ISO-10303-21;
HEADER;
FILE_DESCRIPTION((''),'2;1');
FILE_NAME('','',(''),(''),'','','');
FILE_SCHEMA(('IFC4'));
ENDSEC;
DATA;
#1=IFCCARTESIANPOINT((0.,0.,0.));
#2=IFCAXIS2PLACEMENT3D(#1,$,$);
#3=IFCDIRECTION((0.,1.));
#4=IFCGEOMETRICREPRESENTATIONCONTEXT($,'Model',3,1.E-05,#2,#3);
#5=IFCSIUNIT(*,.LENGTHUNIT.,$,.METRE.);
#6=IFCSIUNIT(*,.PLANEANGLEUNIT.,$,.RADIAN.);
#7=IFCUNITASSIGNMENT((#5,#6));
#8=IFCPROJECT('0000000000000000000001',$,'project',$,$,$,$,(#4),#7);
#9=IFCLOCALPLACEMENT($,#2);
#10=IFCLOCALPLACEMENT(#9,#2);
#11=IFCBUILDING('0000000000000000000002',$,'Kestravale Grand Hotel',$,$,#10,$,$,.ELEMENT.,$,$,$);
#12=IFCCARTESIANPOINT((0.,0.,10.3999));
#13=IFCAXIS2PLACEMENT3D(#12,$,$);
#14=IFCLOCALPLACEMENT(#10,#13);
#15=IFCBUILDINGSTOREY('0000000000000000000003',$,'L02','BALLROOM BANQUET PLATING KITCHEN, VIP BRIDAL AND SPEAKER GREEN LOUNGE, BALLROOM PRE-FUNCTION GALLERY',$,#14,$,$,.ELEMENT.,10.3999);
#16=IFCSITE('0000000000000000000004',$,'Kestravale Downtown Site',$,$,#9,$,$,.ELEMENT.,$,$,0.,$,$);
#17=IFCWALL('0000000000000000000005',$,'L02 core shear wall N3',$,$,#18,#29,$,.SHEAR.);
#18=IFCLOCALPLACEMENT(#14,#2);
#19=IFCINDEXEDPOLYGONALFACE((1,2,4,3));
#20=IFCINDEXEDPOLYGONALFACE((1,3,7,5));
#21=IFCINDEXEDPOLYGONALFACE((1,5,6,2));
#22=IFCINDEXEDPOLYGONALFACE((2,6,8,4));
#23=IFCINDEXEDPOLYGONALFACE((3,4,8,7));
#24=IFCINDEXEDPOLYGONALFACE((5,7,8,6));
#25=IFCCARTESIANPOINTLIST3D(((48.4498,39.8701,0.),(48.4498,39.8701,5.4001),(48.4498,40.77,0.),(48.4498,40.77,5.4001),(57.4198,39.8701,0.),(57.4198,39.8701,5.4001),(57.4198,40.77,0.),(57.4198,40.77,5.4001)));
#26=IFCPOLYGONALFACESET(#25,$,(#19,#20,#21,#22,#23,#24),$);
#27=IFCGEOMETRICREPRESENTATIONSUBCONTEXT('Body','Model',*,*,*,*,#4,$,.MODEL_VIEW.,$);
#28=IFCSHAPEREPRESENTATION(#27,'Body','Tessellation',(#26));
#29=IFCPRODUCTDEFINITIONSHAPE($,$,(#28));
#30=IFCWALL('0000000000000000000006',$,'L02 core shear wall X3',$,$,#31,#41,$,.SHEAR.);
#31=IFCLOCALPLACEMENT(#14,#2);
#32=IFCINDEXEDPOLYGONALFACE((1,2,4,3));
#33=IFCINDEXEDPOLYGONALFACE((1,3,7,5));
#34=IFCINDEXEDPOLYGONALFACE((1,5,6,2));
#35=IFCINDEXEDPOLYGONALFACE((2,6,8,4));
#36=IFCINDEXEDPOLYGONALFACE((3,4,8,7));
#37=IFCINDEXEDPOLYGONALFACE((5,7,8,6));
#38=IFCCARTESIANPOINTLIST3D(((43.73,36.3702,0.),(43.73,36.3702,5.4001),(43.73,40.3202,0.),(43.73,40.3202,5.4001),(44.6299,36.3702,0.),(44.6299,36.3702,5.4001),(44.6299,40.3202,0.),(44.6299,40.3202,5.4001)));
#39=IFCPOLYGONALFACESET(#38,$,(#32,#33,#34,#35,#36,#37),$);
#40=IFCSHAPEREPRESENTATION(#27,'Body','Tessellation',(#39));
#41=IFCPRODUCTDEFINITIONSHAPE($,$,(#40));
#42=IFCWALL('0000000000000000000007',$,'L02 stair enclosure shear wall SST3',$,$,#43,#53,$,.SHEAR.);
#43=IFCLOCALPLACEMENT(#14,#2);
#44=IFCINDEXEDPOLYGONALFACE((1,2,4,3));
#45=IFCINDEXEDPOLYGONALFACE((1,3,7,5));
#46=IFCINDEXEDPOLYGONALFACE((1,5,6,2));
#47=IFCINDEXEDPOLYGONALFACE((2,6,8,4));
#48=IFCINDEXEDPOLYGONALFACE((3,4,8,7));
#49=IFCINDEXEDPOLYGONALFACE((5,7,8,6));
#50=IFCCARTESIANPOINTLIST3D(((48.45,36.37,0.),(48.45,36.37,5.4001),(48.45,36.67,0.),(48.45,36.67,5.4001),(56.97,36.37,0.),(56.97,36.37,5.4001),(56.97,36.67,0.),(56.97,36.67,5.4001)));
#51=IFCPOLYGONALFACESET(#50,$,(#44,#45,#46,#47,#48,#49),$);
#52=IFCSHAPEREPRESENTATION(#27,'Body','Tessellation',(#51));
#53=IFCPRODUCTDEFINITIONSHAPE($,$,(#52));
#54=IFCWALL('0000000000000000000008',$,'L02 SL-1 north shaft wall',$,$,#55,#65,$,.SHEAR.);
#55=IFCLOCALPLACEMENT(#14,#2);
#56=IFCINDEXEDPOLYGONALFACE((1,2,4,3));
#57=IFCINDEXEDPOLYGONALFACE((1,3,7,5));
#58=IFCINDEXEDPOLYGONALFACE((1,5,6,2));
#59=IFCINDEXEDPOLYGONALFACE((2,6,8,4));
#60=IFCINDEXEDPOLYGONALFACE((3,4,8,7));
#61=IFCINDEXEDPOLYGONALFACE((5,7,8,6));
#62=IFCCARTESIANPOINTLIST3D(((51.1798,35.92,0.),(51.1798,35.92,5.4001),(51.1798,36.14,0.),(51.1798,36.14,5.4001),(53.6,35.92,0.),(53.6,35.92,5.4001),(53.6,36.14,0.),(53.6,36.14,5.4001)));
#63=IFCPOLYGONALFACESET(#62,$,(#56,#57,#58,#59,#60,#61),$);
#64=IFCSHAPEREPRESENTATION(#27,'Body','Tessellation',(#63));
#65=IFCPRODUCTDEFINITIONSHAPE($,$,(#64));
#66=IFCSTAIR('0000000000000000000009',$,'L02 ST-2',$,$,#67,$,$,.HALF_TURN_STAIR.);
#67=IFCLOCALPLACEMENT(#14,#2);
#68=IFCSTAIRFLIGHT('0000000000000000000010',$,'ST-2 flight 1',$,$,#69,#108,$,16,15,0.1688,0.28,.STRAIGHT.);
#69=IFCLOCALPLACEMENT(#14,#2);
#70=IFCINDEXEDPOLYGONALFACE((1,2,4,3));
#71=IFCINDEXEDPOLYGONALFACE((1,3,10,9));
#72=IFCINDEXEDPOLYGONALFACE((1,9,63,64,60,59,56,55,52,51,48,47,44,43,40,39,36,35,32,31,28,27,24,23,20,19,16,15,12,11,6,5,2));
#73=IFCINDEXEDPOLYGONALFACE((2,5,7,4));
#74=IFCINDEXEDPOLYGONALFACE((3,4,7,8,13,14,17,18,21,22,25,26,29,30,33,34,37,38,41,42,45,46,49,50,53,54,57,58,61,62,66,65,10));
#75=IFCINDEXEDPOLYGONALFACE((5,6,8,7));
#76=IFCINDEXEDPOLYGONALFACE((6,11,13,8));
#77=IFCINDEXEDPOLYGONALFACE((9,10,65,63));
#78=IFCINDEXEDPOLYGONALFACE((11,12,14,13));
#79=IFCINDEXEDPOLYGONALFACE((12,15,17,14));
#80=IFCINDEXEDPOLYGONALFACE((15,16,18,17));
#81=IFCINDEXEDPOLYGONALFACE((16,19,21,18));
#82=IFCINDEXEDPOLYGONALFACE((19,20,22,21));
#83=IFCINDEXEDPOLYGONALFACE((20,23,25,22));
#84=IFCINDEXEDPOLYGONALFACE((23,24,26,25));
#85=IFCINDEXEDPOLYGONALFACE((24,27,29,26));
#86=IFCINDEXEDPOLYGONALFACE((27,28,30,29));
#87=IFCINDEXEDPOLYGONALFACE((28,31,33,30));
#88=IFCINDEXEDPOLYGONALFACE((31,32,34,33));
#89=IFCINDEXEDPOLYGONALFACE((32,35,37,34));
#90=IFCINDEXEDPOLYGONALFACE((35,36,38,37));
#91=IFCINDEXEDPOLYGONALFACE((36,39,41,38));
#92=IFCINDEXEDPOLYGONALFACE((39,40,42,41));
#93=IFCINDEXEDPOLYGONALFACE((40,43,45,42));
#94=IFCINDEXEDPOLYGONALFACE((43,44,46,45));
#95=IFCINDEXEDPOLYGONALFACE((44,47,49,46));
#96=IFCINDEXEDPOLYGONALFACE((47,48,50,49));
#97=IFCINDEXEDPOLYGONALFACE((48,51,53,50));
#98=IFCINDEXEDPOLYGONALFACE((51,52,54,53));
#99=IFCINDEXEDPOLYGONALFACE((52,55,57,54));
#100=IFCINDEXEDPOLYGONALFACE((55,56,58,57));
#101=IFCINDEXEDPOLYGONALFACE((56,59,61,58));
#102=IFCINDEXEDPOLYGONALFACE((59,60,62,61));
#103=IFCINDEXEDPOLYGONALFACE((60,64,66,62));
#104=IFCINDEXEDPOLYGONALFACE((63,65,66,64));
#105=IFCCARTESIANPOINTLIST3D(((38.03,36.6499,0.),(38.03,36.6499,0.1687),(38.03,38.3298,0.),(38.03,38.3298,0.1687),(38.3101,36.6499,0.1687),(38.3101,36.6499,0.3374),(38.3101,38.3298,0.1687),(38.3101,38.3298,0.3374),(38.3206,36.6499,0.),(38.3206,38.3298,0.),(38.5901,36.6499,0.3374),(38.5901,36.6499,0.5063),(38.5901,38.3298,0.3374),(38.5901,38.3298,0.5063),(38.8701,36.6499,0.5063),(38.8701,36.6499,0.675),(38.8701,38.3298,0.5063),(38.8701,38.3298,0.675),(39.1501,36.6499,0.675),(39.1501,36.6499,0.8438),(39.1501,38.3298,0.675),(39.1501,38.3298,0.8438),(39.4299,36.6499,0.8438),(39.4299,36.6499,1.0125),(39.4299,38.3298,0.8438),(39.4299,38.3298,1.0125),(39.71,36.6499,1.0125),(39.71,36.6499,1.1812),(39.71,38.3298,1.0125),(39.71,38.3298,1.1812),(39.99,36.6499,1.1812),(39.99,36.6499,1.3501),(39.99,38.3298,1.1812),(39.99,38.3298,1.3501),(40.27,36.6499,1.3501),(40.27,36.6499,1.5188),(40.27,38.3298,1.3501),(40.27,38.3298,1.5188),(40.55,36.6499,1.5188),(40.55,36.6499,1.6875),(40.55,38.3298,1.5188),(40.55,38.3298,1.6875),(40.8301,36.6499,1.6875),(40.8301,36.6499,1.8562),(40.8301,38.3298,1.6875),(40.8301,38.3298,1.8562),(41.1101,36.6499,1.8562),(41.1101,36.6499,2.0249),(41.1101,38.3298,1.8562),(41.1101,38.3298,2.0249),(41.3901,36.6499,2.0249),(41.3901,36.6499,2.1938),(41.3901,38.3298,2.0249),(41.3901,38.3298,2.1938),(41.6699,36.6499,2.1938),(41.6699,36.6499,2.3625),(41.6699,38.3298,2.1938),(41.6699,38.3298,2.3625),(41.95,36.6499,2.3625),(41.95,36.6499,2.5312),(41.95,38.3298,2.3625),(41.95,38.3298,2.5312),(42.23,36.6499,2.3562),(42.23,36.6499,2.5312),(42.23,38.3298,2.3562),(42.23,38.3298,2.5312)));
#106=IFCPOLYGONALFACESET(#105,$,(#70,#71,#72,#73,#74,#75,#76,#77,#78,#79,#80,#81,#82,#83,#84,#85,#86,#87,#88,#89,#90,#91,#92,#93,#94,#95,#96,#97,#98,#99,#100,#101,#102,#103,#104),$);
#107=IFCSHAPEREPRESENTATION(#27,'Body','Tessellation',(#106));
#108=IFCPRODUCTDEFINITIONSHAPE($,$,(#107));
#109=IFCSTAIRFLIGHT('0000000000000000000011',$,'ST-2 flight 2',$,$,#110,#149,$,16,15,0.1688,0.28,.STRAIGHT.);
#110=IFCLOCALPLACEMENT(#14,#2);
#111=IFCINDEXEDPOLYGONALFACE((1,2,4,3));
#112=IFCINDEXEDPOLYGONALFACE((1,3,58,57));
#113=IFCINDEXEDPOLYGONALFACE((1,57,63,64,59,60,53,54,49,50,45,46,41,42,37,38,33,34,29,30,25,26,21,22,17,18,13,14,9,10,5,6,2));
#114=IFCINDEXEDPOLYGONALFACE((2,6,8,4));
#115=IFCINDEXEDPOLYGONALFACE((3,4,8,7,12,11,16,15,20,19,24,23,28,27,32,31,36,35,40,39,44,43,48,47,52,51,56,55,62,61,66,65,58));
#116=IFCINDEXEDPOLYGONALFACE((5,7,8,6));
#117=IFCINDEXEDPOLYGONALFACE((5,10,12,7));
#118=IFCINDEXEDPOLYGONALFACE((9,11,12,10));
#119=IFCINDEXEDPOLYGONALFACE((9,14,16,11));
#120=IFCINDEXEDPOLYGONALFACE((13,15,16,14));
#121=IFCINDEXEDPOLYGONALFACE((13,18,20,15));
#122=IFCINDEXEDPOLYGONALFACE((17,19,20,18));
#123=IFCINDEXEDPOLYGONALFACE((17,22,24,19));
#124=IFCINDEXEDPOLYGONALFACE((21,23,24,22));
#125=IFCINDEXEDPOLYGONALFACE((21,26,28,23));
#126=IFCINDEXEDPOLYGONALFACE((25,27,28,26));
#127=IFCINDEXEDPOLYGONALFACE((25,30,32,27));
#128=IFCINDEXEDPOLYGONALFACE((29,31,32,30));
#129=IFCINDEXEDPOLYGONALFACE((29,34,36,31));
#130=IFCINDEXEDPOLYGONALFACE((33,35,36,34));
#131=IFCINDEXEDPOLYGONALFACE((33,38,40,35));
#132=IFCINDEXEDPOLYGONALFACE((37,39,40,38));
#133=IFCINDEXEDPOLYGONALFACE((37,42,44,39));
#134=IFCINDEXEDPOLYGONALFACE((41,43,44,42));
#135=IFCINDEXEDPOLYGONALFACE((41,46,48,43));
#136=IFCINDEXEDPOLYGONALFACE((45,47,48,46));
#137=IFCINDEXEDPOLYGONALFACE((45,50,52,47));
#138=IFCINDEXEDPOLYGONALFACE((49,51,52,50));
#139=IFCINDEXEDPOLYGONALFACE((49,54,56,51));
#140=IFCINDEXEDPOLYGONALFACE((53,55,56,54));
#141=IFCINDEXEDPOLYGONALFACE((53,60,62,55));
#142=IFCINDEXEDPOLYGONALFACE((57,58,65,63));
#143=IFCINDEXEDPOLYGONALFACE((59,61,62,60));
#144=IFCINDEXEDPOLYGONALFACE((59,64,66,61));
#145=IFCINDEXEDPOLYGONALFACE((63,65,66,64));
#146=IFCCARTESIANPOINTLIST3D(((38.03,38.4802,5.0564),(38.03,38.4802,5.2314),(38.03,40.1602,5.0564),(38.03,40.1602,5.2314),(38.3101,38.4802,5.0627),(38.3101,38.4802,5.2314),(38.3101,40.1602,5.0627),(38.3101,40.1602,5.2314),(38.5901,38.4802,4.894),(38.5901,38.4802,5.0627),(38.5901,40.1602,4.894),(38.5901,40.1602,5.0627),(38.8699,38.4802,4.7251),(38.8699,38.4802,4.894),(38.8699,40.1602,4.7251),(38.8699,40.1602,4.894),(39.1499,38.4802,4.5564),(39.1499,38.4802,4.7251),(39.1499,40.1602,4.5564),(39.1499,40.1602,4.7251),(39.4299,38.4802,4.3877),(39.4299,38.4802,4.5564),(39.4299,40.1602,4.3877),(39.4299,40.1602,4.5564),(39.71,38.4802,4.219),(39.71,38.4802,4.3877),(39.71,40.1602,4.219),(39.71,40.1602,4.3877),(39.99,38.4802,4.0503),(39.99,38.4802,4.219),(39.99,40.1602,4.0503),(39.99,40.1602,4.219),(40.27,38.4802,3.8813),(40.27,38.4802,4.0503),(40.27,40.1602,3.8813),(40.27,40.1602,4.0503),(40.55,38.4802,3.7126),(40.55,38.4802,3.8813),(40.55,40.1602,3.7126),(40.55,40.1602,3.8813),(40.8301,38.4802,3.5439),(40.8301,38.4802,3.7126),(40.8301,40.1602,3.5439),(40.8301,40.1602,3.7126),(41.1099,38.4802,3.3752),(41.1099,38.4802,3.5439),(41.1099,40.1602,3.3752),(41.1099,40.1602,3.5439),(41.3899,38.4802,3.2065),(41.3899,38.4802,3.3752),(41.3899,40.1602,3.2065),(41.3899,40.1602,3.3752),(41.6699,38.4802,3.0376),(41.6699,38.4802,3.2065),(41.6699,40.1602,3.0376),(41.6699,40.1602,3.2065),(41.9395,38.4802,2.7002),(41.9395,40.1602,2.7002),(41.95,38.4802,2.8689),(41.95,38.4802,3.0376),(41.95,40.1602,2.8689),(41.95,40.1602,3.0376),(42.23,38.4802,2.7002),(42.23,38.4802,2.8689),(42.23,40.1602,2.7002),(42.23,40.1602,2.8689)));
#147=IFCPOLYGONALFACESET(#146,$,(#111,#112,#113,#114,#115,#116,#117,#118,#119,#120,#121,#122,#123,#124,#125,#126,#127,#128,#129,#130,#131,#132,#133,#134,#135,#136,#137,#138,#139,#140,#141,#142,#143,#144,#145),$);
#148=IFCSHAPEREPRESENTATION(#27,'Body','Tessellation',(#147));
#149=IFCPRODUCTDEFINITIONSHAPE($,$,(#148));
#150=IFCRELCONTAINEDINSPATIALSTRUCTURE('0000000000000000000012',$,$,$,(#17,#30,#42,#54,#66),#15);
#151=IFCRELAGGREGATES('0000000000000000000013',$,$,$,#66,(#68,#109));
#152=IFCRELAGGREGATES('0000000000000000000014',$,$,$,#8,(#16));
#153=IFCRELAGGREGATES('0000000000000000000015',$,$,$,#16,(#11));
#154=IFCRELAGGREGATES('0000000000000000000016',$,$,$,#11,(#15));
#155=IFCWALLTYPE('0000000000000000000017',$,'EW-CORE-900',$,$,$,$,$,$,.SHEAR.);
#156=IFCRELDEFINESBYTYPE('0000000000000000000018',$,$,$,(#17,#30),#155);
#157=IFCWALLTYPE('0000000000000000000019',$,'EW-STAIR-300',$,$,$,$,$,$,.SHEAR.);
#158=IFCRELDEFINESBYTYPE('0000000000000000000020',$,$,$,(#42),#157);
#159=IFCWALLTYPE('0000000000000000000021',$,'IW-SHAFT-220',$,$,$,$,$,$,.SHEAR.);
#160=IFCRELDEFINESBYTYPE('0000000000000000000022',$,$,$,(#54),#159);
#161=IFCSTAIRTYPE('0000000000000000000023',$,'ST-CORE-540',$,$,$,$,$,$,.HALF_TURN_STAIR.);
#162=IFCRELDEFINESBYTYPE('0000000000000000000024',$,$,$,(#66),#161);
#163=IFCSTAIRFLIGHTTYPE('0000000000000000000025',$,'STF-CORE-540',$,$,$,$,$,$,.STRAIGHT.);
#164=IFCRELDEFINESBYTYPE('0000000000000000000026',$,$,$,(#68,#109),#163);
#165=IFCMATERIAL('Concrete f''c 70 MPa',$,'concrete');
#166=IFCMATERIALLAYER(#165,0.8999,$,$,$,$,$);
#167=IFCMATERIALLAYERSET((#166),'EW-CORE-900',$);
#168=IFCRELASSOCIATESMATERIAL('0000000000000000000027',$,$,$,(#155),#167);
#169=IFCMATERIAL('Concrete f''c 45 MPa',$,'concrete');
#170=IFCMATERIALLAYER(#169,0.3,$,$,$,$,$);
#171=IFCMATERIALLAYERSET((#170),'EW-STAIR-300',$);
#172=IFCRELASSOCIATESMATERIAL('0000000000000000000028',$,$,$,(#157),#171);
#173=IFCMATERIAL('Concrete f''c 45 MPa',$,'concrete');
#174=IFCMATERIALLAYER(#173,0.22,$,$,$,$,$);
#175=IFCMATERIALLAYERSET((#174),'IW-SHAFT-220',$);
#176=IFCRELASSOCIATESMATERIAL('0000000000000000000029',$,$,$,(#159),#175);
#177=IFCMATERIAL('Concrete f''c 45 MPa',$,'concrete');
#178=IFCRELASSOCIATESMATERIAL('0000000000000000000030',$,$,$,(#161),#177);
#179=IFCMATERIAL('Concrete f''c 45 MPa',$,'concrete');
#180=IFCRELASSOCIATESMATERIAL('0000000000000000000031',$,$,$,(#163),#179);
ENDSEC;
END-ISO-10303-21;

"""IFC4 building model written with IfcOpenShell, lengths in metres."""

from ifc_helpers import new_model, si_unit, direction, frame, frame_2d, origin, place, context, subcontext, project, spatial, polyline, rectangle, outline, extrude, material, layer, layer_set, type_object, element, aggregate, save


model = new_model("IFC4")

# Units and contexts
model_context = context("Model", 3, precision=1e-05, world=origin(), true_north=direction((0.0, 1.0)))
body_context = subcontext(model_context, "Body", "Model", "MODEL_VIEW")
ifc_project = project(units=[si_unit("LENGTHUNIT", "METRE"), si_unit("PLANEANGLEUNIT", "RADIAN")], contexts=[model_context])

# Site, building, storey
site_placement = place(None, origin())
site = spatial("IfcSite", under=ifc_project, at=site_placement, Name="Kestravale Downtown Site", CompositionType="ELEMENT", RefElevation=0.0)
building_placement = place(site_placement, origin())
building = spatial("IfcBuilding", under=site, at=building_placement, Name="Kestravale Grand Hotel", CompositionType="ELEMENT")
storey_placement = place(building_placement, frame((0.0, 0.0, 10.3999)))
storey = spatial("IfcBuildingStorey", under=building, at=storey_placement, Name="L02", Description="BALLROOM BANQUET PLATING KITCHEN, VIP BRIDAL AND SPEAKER GREEN LOUNGE, BALLROOM PRE-FUNCTION GALLERY", CompositionType="ELEMENT", Elevation=10.3999)

# Walls
ifc_material_1 = material(Name="Concrete f'c 70 MPa", Category="concrete")
ifc_layer_1 = layer(ifc_material_1, 0.8999)
ifc_layer_set_1 = layer_set([ifc_layer_1], Name="EW-CORE-900")
wall_type_1 = type_object("IfcWallType", Name="EW-CORE-900", PredefinedType="SHEAR", material=ifc_layer_set_1)
wall_1_placement = place(storey_placement, frame((48.45, 40.3201, 0.0), z_axis=(0.0, 0.0, 1.0), x_axis=(1.0, 0.0, 0.0)))
element("IfcWall", 1, at=wall_1_placement, inside=storey, type_object=wall_type_1, Name="L02 core shear wall N3", PredefinedType="SHEAR", context=body_context, shape_type="SweptSolid", body=[
    extrude(rectangle(XDim=8.97, YDim=0.8999, at=frame_2d((4.4849, 0.0))), origin(), (0.0, 0.0, 1.0), 5.4001),
])
wall_2_placement = place(storey_placement, frame((44.1799, 36.3701, 0.0), z_axis=(0.0, 0.0, 1.0), x_axis=(0.0, 1.0, 0.0)))
element("IfcWall", 2, at=wall_2_placement, inside=storey, type_object=wall_type_1, Name="L02 core shear wall X3", PredefinedType="SHEAR", context=body_context, shape_type="SweptSolid", body=[
    extrude(rectangle(XDim=3.95, YDim=0.8999, at=frame_2d((1.9751, 0.0))), origin(), (0.0, 0.0, 1.0), 5.4001),
])
ifc_material_2 = material(Name="Concrete f'c 45 MPa", Category="concrete")
ifc_layer_2 = layer(ifc_material_2, 0.3)
ifc_layer_set_2 = layer_set([ifc_layer_2], Name="EW-STAIR-300")
wall_type_2 = type_object("IfcWallType", Name="EW-STAIR-300", PredefinedType="SHEAR", material=ifc_layer_set_2)
wall_3_placement = place(storey_placement, frame((48.45, 36.52, 0.0), z_axis=(0.0, 0.0, 1.0), x_axis=(1.0, 0.0, 0.0)))
element("IfcWall", 3, at=wall_3_placement, inside=storey, type_object=wall_type_2, Name="L02 stair enclosure shear wall SST3", PredefinedType="SHEAR", context=body_context, shape_type="SweptSolid", body=[
    extrude(rectangle(XDim=8.52, YDim=0.3, at=frame_2d((4.26, 0.0))), origin(), (0.0, 0.0, 1.0), 5.4001),
])

# Wall
ifc_material_3 = material(Name="Concrete f'c 45 MPa", Category="concrete")
ifc_layer_3 = layer(ifc_material_3, 0.22)
ifc_layer_set_3 = layer_set([ifc_layer_3], Name="IW-SHAFT-220")
wall_type_3 = type_object("IfcWallType", Name="IW-SHAFT-220", PredefinedType="SHEAR", material=ifc_layer_set_3)
wall_4_placement = place(storey_placement, frame((51.1799, 36.03, 0.0), z_axis=(0.0, 0.0, 1.0), x_axis=(1.0, 0.0, 0.0)))
element("IfcWall", 4, at=wall_4_placement, inside=storey, type_object=wall_type_3, Name="L02 SL-1 north shaft wall", PredefinedType="SHEAR", context=body_context, shape_type="SweptSolid", body=[
    extrude(rectangle(XDim=2.4202, YDim=0.22, at=frame_2d((1.21, 0.0))), origin(), (0.0, 0.0, 1.0), 5.4001),
])

# Stair, stair flights
ifc_material_4 = material(Name="Concrete f'c 45 MPa", Category="concrete")
stair_type = type_object("IfcStairType", Name="ST-CORE-540", PredefinedType="HALF_TURN_STAIR", material=ifc_material_4)
stair_1_placement = place(storey_placement, origin())
stair_1 = element("IfcStair", 5, at=stair_1_placement, inside=storey, type_object=stair_type, Name="L02 ST-2", PredefinedType="HALF_TURN_STAIR")
ifc_material_5 = material(Name="Concrete f'c 45 MPa", Category="concrete")
stair_flight_type = type_object("IfcStairFlightType", Name="STF-CORE-540", PredefinedType="STRAIGHT", material=ifc_material_5)
stair_flight_1_placement = place(storey_placement, frame((38.03, 37.49, 0.0), z_axis=(0.0, 0.0, 1.0), x_axis=(1.0, 0.0, 0.0)))
stair_flight_1 = element("IfcStairFlight", 6, at=stair_flight_1_placement, type_object=stair_flight_type, Name="ST-2 flight 1", NumberOfRisers=16, NumberOfTreads=15, PredefinedType="STRAIGHT", RiserHeight=0.1688, TreadLength=0.28, context=body_context, shape_type="SweptSolid", body=[
    extrude(outline(polyline([(0.0, 0.0), (0.0, 0.1687), (0.28, 0.1687), (0.28, 0.3374), (0.5601, 0.3374), (0.5601, 0.5063), (0.8401, 0.5063), (0.8401, 0.675), (1.1201, 0.675), (1.1201, 0.8438), (1.3999, 0.8438), (1.3999, 1.0125), (1.6799, 1.0125), (1.6799, 1.1812), (1.96, 1.1812), (1.96, 1.3501), (2.24, 1.3501), (2.24, 1.5188), (2.52, 1.5188), (2.52, 1.6875), (2.8, 1.6875), (2.8, 1.8562), (3.0801, 1.8562), (3.0801, 2.0249), (3.3601, 2.0249), (3.3601, 2.1938), (3.6399, 2.1938), (3.6399, 2.3625), (3.9199, 2.3625), (3.9199, 2.5312), (4.2, 2.5312), (4.2, 2.7), (4.2, 2.3562), (0.2905, 0.0), (0.0, 0.0)])), frame((0.0, 0.8398, 0.0), z_axis=(0.0, -1.0, 0.0), x_axis=(1.0, 0.0, 0.0)), (0.0, 0.0, 1.0), 1.6799),
])
stair_flight_2_placement = place(storey_placement, frame((42.23, 39.3201, 2.7002), z_axis=(0.0, 0.0, 1.0), x_axis=(-1.0, 0.0, 0.0)))
stair_flight_2 = element("IfcStairFlight", 7, at=stair_flight_2_placement, type_object=stair_flight_type, Name="ST-2 flight 2", NumberOfRisers=16, NumberOfTreads=15, PredefinedType="STRAIGHT", RiserHeight=0.1688, TreadLength=0.28, context=body_context, shape_type="SweptSolid", body=[
    extrude(outline(polyline([(0.0, 0.0), (0.0, 0.1687), (0.28, 0.1687), (0.28, 0.3374), (0.5601, 0.3374), (0.5601, 0.5063), (0.8401, 0.5063), (0.8401, 0.675), (1.1201, 0.675), (1.1201, 0.8438), (1.3999, 0.8438), (1.3999, 1.0125), (1.6799, 1.0125), (1.6799, 1.1812), (1.96, 1.1812), (1.96, 1.3501), (2.24, 1.3501), (2.24, 1.5188), (2.52, 1.5188), (2.52, 1.6875), (2.8, 1.6875), (2.8, 1.8562), (3.0801, 1.8562), (3.0801, 2.0249), (3.3601, 2.0249), (3.3601, 2.1938), (3.6399, 2.1938), (3.6399, 2.3625), (3.9199, 2.3625), (3.9199, 2.5312), (4.2, 2.5312), (4.2, 2.7), (4.2, 2.3562), (0.2905, 0.0), (0.0, 0.0)])), frame((0.0, 0.8398, 0.0), z_axis=(0.0, -1.0, 0.0), x_axis=(1.0, 0.0, 0.0)), (0.0, 0.0, 1.0), 1.6799),
])
aggregate(stair_1, [stair_flight_1, stair_flight_2])

save(model, "model.ifc")
